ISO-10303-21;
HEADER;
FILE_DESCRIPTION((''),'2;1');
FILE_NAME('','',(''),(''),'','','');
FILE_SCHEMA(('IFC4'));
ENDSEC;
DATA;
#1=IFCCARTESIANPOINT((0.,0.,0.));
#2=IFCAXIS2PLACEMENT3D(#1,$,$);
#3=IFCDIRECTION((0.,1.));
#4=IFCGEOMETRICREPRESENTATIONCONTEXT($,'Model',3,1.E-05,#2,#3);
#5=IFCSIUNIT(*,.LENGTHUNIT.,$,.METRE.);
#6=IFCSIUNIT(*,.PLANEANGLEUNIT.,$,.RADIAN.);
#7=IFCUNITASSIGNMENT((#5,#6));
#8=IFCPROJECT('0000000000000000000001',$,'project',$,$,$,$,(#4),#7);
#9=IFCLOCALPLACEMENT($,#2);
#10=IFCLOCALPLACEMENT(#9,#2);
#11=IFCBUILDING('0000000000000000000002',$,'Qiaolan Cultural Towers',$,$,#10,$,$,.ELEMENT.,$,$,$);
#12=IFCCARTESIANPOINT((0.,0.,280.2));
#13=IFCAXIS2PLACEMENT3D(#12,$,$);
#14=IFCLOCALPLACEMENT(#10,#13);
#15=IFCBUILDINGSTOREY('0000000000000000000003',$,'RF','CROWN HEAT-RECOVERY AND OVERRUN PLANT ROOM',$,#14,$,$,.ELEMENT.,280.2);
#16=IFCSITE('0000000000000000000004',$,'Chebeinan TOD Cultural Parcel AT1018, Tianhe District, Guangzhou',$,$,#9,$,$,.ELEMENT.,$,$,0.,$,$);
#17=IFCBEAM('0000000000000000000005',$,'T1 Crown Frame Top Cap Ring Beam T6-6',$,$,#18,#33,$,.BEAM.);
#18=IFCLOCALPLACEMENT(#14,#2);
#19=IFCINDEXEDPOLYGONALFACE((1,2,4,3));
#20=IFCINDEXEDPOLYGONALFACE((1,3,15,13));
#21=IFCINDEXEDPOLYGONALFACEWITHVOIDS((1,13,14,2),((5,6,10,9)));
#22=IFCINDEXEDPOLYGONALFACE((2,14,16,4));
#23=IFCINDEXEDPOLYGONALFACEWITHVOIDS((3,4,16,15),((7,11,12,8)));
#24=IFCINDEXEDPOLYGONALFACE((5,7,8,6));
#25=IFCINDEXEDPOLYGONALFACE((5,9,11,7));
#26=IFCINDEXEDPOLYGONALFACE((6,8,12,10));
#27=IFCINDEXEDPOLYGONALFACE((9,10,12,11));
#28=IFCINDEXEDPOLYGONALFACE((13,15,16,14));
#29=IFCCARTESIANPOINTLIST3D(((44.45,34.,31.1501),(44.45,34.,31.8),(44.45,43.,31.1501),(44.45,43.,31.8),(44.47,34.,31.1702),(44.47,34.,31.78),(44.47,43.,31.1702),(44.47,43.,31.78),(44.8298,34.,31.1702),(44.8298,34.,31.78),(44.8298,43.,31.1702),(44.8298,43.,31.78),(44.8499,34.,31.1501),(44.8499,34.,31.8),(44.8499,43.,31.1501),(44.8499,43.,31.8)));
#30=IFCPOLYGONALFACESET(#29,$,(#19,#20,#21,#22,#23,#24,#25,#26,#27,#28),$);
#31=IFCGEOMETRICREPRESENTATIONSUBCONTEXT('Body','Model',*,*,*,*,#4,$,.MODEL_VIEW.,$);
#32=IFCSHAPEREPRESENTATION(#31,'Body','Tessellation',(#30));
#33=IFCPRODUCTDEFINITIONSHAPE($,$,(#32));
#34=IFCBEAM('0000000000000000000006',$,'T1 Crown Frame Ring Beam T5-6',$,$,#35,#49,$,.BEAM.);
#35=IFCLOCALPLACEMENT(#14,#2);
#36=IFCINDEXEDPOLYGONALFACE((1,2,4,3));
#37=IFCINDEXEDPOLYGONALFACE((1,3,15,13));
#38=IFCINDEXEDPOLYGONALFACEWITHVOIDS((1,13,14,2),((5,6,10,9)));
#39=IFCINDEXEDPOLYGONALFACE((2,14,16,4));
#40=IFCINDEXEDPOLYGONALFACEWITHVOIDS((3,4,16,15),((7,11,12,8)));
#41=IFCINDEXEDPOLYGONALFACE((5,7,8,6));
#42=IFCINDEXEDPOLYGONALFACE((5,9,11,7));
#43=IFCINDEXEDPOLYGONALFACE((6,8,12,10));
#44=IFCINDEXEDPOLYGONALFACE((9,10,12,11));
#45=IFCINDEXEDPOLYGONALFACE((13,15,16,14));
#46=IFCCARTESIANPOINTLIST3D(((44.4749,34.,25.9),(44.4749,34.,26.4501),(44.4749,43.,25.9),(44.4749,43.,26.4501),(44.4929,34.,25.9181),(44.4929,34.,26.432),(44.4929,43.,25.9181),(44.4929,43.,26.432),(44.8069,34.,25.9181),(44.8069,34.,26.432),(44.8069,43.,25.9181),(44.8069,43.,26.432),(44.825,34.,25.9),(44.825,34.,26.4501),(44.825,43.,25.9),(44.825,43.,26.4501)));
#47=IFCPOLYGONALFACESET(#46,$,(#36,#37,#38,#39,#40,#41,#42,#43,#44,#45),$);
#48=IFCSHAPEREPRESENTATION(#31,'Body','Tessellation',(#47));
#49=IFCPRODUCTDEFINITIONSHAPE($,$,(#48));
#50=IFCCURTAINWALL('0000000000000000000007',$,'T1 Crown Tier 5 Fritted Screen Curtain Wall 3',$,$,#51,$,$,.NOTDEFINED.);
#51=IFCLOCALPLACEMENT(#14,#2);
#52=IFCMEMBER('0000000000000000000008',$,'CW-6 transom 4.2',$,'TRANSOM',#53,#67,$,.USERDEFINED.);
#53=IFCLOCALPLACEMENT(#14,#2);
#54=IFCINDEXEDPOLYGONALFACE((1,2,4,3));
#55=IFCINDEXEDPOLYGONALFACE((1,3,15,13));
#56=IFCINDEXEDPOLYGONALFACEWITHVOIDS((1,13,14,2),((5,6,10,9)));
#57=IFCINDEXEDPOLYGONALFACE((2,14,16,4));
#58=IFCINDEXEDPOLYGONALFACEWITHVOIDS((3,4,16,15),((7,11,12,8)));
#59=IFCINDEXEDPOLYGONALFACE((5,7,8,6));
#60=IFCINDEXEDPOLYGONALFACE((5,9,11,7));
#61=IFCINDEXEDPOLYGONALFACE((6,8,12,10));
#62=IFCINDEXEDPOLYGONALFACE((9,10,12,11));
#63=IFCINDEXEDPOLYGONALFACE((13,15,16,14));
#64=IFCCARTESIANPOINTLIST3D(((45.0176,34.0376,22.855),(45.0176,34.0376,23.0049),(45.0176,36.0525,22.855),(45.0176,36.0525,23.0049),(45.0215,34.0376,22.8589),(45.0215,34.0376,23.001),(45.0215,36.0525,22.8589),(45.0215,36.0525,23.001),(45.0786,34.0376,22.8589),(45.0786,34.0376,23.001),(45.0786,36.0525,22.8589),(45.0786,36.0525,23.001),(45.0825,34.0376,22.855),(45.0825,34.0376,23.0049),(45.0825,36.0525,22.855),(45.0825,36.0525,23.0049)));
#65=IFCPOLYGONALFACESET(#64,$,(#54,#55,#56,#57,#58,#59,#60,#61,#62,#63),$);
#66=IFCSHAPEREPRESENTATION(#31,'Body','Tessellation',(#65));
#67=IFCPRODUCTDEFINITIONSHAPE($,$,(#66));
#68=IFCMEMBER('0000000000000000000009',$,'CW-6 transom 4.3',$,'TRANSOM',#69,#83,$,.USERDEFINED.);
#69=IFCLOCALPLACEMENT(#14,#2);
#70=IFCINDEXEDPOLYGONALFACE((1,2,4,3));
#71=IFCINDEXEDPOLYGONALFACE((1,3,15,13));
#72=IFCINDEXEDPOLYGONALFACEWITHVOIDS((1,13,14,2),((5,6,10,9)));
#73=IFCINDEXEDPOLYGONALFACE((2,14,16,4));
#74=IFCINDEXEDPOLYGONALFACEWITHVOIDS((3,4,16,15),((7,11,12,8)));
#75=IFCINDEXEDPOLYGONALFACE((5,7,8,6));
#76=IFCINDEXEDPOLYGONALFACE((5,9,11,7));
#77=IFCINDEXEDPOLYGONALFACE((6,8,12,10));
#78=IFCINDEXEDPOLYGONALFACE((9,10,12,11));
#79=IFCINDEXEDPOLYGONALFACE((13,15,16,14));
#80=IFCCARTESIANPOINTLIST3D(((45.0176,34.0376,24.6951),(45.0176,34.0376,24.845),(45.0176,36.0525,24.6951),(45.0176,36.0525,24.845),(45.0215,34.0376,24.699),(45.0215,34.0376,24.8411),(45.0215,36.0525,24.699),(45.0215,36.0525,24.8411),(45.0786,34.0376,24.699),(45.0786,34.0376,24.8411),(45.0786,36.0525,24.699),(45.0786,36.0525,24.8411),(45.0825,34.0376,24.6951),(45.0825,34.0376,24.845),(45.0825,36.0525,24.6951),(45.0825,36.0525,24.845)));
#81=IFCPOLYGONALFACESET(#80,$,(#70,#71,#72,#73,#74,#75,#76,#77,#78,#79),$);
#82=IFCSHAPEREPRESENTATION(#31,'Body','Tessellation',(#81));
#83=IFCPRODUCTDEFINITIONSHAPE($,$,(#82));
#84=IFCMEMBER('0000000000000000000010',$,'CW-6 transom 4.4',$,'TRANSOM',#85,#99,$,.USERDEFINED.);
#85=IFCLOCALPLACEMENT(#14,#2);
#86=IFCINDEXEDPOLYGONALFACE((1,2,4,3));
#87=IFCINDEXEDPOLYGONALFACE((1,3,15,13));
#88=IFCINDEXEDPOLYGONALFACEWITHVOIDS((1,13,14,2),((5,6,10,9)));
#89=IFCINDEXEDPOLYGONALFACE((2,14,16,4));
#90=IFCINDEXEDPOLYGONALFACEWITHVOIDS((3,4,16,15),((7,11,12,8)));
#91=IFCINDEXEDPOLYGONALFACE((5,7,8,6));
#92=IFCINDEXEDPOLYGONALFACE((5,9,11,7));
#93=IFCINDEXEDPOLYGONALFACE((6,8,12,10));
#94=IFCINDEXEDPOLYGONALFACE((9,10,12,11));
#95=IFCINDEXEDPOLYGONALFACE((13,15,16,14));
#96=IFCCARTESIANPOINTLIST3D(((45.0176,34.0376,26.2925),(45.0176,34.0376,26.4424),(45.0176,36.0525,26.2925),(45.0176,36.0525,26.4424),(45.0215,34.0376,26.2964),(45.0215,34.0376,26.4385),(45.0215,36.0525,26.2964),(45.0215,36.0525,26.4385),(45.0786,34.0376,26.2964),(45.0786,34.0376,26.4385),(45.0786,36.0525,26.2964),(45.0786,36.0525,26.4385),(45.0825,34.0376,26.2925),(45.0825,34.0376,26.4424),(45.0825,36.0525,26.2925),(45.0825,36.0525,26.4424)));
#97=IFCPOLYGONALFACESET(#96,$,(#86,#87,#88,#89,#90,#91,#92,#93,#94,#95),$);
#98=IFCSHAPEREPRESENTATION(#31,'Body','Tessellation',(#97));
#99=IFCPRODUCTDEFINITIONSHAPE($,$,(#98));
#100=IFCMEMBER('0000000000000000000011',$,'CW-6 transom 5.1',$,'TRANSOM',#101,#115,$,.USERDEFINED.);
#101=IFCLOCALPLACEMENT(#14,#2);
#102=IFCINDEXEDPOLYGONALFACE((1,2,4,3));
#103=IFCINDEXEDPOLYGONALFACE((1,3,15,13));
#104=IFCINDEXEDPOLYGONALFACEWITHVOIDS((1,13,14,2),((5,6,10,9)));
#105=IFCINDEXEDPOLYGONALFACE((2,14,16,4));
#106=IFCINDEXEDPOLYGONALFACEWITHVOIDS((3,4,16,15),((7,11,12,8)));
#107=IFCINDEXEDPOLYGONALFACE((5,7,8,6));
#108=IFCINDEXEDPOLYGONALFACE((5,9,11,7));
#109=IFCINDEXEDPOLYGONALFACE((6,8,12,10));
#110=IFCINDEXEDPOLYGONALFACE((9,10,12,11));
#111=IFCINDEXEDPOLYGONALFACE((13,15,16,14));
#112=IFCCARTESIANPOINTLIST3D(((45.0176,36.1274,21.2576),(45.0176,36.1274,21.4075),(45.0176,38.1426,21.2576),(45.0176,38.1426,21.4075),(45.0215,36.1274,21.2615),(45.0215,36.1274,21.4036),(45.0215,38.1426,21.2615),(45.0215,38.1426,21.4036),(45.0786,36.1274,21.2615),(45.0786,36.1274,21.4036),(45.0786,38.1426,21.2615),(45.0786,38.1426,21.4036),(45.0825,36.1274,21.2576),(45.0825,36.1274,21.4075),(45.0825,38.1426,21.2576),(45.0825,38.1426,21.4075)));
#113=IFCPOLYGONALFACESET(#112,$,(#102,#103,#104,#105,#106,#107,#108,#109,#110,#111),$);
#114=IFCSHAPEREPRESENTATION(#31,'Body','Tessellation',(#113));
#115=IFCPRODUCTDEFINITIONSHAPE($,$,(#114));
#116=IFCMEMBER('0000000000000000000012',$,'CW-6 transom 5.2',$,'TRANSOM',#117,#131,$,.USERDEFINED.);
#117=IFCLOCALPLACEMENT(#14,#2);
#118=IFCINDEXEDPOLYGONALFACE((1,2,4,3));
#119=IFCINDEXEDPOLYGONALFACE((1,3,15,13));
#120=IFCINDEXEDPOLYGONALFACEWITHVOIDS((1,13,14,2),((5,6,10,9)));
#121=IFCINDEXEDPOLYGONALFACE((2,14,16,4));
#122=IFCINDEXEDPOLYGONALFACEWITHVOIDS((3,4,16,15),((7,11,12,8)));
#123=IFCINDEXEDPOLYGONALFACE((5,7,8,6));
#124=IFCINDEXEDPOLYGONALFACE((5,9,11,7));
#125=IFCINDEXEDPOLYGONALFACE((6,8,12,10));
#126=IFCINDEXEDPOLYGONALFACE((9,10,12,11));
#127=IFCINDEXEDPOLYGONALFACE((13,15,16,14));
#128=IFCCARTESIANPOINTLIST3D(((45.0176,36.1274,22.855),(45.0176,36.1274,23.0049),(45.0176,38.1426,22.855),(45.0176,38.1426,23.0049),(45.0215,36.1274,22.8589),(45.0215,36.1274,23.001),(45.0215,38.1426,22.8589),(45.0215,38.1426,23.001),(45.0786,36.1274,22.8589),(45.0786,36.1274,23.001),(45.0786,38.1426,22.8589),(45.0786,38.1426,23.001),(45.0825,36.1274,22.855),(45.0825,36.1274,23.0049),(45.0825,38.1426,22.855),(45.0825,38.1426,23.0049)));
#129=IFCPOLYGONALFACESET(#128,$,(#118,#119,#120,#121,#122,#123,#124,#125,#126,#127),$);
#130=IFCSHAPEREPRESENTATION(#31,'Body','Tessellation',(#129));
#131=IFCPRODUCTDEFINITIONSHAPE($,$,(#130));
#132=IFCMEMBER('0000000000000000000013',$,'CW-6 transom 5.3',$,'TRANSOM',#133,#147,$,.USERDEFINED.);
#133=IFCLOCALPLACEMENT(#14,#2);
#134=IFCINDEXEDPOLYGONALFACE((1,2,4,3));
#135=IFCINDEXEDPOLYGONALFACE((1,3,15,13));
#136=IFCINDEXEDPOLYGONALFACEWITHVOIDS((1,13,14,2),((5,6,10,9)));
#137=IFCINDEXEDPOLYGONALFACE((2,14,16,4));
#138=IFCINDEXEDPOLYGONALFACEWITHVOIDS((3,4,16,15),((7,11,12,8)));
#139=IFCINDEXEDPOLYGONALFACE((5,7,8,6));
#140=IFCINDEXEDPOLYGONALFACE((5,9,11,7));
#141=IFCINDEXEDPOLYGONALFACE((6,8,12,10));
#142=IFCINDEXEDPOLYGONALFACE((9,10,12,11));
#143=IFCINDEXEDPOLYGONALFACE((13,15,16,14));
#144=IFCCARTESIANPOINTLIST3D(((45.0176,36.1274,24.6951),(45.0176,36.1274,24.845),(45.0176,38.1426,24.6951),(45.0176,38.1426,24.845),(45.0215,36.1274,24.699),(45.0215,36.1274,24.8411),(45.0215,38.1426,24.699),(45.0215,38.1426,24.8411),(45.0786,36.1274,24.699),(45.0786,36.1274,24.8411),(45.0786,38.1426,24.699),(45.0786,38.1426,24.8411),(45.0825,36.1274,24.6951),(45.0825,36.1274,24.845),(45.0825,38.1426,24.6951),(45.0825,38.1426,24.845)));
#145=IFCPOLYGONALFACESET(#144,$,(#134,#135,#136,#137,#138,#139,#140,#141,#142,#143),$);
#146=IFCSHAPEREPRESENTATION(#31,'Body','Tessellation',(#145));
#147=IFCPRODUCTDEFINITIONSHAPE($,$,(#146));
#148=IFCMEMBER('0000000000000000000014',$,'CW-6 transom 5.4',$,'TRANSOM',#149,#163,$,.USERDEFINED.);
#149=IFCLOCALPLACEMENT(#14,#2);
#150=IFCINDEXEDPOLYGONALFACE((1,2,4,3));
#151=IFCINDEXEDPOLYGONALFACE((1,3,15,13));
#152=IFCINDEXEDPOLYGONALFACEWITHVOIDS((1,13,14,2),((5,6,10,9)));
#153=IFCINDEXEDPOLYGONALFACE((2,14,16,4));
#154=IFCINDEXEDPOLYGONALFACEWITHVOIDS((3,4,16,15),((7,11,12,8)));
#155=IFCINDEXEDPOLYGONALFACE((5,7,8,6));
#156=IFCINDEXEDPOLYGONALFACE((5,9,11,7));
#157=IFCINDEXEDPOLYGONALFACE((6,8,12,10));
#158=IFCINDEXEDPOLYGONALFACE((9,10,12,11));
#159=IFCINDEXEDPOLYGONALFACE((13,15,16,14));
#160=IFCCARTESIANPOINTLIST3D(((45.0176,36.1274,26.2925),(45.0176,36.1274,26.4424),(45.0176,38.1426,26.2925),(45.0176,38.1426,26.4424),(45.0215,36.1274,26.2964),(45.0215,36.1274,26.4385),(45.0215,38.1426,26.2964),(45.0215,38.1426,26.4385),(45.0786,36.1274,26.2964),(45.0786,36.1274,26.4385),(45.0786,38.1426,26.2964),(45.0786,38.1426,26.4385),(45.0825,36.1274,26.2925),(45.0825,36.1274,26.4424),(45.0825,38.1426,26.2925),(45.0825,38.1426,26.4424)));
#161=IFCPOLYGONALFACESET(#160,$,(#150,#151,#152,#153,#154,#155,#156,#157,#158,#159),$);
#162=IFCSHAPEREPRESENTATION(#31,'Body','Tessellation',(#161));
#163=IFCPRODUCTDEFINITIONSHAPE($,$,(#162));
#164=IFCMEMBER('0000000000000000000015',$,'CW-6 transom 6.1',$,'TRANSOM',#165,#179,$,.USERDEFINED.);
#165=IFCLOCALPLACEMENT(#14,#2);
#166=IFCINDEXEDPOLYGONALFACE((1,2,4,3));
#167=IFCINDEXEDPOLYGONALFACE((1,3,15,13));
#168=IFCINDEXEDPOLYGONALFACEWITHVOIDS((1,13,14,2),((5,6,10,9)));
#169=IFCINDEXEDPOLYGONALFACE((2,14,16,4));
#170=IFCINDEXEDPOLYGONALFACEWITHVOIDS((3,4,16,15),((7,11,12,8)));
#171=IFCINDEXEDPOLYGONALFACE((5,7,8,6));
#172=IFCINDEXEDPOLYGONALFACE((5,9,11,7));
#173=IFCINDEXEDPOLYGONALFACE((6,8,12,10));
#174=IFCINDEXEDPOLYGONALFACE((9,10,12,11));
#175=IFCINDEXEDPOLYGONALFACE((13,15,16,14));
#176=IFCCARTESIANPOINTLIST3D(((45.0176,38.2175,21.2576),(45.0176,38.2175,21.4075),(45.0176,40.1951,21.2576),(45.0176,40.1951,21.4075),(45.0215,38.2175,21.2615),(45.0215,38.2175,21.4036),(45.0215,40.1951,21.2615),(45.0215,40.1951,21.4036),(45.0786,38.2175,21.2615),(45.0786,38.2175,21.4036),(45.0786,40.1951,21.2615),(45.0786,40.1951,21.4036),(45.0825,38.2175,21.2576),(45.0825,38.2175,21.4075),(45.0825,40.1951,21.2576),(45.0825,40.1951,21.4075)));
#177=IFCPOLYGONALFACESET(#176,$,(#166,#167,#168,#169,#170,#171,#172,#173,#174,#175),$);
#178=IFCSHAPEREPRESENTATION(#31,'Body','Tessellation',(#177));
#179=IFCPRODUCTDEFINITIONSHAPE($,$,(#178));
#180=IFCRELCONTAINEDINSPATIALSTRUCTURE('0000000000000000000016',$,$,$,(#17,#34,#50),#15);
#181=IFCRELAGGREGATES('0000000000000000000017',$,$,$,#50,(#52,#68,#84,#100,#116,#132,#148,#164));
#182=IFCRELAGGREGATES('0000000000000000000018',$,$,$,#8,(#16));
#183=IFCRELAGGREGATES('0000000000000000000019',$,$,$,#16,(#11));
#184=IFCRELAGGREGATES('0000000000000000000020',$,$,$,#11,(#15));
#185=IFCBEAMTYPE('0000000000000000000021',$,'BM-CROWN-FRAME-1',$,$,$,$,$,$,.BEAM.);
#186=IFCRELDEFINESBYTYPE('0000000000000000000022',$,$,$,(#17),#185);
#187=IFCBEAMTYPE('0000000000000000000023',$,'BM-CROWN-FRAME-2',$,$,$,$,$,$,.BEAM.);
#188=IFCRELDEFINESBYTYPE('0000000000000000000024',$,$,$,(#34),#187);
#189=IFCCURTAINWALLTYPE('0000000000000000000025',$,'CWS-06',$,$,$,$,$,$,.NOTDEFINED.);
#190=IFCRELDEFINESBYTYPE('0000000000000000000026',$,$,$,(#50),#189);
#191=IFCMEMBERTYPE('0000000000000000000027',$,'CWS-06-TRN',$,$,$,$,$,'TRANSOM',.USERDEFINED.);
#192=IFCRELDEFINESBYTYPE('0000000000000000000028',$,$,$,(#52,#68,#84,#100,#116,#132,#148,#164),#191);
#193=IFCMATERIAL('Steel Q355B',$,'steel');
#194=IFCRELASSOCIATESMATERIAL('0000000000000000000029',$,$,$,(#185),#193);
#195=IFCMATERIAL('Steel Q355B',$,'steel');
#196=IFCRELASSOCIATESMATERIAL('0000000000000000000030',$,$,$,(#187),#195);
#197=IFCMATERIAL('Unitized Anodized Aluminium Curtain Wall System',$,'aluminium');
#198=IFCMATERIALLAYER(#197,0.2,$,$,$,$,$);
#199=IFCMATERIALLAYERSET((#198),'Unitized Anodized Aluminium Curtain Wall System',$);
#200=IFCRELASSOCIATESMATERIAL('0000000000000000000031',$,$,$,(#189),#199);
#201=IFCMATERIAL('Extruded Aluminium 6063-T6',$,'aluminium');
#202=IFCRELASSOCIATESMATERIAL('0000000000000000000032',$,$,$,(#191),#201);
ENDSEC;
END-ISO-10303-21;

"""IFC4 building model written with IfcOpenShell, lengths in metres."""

from ifc_helpers import new_model, si_unit, direction, frame, origin, origin_2d, place, context, subcontext, project, spatial, hollow_rectangle, extrude, material, layer, layer_set, material_profile, profile_set, type_object, element, aggregate, save


model = new_model("IFC4")

# Units and contexts
model_context = context("Model", 3, precision=1e-05, world=origin(), true_north=direction((0.0, 1.0)))
body_context = subcontext(model_context, "Body", "Model", "MODEL_VIEW")
ifc_project = project(units=[si_unit("LENGTHUNIT", "METRE"), si_unit("PLANEANGLEUNIT", "RADIAN")], contexts=[model_context])

# Site, building, storey
site_placement = place(None, origin())
site = spatial("IfcSite", under=ifc_project, at=site_placement, Name="Chebeinan TOD Cultural Parcel AT1018, Tianhe District, Guangzhou", CompositionType="ELEMENT", RefElevation=0.0)
building_placement = place(site_placement, origin())
building = spatial("IfcBuilding", under=site, at=building_placement, Name="Qiaolan Cultural Towers", CompositionType="ELEMENT")
storey_placement = place(building_placement, frame((0.0, 0.0, 280.2)))
storey = spatial("IfcBuildingStorey", under=building, at=storey_placement, Name="RF", Description="CROWN HEAT-RECOVERY AND OVERRUN PLANT ROOM", CompositionType="ELEMENT", Elevation=280.2)

# Beams
ifc_material_1 = material(Name="Steel Q355B", Category="steel")
ifc_material_profile_1 = material_profile(ifc_material_1, hollow_rectangle(XDim=0.3999, YDim=0.6499, WallThickness=0.02, at=origin_2d()), Name="BOX650x400x20")
ifc_profile_set_1 = profile_set([ifc_material_profile_1], Name="Steel Q355B")
beam_type_1 = type_object("IfcBeamType", Name="BM-CROWN-FRAME-1", PredefinedType="BEAM", material=ifc_profile_set_1)
beam_1_placement = place(storey_placement, frame((44.6499, 34.0, 31.4751), z_axis=(0.0, 1.0, 0.0), x_axis=(-1.0, 0.0, 0.0)))
element("IfcBeam", 1, at=beam_1_placement, inside=storey, type_object=beam_type_1, Name="T1 Crown Frame Top Cap Ring Beam T6-6", PredefinedType="BEAM", context=body_context, shape_type="SweptSolid", body=[
    extrude(hollow_rectangle(XDim=0.3999, YDim=0.6499, WallThickness=0.02, at=origin_2d()), origin(), (0.0, 0.0, 1.0), 9.0),
])
ifc_material_2 = material(Name="Steel Q355B", Category="steel")
ifc_material_profile_2 = material_profile(ifc_material_2, hollow_rectangle(XDim=0.3501, YDim=0.55, WallThickness=0.0181, at=origin_2d()), Name="BOX550x350x18")
ifc_profile_set_2 = profile_set([ifc_material_profile_2], Name="Steel Q355B")
beam_type_2 = type_object("IfcBeamType", Name="BM-CROWN-FRAME-2", PredefinedType="BEAM", material=ifc_profile_set_2)
beam_2_placement = place(storey_placement, frame((44.6499, 34.0, 26.175), z_axis=(0.0, 1.0, 0.0), x_axis=(-1.0, 0.0, 0.0)))
element("IfcBeam", 2, at=beam_2_placement, inside=storey, type_object=beam_type_2, Name="T1 Crown Frame Ring Beam T5-6", PredefinedType="BEAM", context=body_context, shape_type="SweptSolid", body=[
    extrude(hollow_rectangle(XDim=0.3501, YDim=0.55, WallThickness=0.0181, at=origin_2d()), origin(), (0.0, 0.0, 1.0), 9.0),
])

# Curtain wall, members
ifc_material_3 = material(Name="Unitized Anodized Aluminium Curtain Wall System", Category="aluminium")
ifc_layer_1 = layer(ifc_material_3, 0.2)
ifc_layer_set_1 = layer_set([ifc_layer_1], Name="Unitized Anodized Aluminium Curtain Wall System")
curtain_wall_type = type_object("IfcCurtainWallType", Name="CWS-06", PredefinedType="NOTDEFINED", material=ifc_layer_set_1)
curtain_wall_placement = place(storey_placement, origin())
curtain_wall = element("IfcCurtainWall", 3, at=curtain_wall_placement, inside=storey, type_object=curtain_wall_type, Name="T1 Crown Tier 5 Fritted Screen Curtain Wall 3", PredefinedType="NOTDEFINED")
ifc_material_4 = material(Name="Extruded Aluminium 6063-T6", Category="aluminium")
ifc_material_profile_3 = material_profile(ifc_material_4, hollow_rectangle(XDim=0.0649, YDim=0.1499, WallThickness=0.0039, at=origin_2d()), Name="CWT-150x65x4")
ifc_profile_set_3 = profile_set([ifc_material_profile_3], Name="Extruded Aluminium 6063-T6")
member_type = type_object("IfcMemberType", Name="CWS-06-TRN", ElementType="TRANSOM", PredefinedType="USERDEFINED", material=ifc_profile_set_3)
member_1_placement = place(storey_placement, frame((45.05, 34.0376, 22.9299), z_axis=(0.0, 1.0, 0.0), x_axis=(-1.0, 0.0, 0.0)))
member_1 = element("IfcMember", 4, at=member_1_placement, type_object=member_type, Name="CW-6 transom 4.2", ObjectType="TRANSOM", PredefinedType="USERDEFINED", context=body_context, shape_type="SweptSolid", body=[
    extrude(hollow_rectangle(XDim=0.0649, YDim=0.1499, WallThickness=0.0039, at=origin_2d()), origin(), (0.0, 0.0, 1.0), 2.0149),
])
member_2_placement = place(storey_placement, frame((45.05, 34.0376, 24.77), z_axis=(0.0, 1.0, 0.0), x_axis=(-1.0, 0.0, 0.0)))
member_2 = element("IfcMember", 5, at=member_2_placement, type_object=member_type, Name="CW-6 transom 4.3", ObjectType="TRANSOM", PredefinedType="USERDEFINED", context=body_context, shape_type="SweptSolid", body=[
    extrude(hollow_rectangle(XDim=0.0649, YDim=0.1499, WallThickness=0.0039, at=origin_2d()), origin(), (0.0, 0.0, 1.0), 2.0149),
])
member_3_placement = place(storey_placement, frame((45.05, 34.0376, 26.3674), z_axis=(0.0, 1.0, 0.0), x_axis=(-1.0, 0.0, 0.0)))
member_3 = element("IfcMember", 6, at=member_3_placement, type_object=member_type, Name="CW-6 transom 4.4", ObjectType="TRANSOM", PredefinedType="USERDEFINED", context=body_context, shape_type="SweptSolid", body=[
    extrude(hollow_rectangle(XDim=0.0649, YDim=0.1499, WallThickness=0.0039, at=origin_2d()), origin(), (0.0, 0.0, 1.0), 2.0149),
])
member_4_placement = place(storey_placement, frame((45.05, 36.1274, 21.3325), z_axis=(0.0, 1.0, 0.0), x_axis=(-1.0, 0.0, 0.0)))
member_4 = element("IfcMember", 7, at=member_4_placement, type_object=member_type, Name="CW-6 transom 5.1", ObjectType="TRANSOM", PredefinedType="USERDEFINED", context=body_context, shape_type="SweptSolid", body=[
    extrude(hollow_rectangle(XDim=0.0649, YDim=0.1499, WallThickness=0.0039, at=origin_2d()), origin(), (0.0, 0.0, 1.0), 2.0151),
])
member_5_placement = place(storey_placement, frame((45.05, 36.1274, 22.9299), z_axis=(0.0, 1.0, 0.0), x_axis=(-1.0, 0.0, 0.0)))
member_5 = element("IfcMember", 8, at=member_5_placement, type_object=member_type, Name="CW-6 transom 5.2", ObjectType="TRANSOM", PredefinedType="USERDEFINED", context=body_context, shape_type="SweptSolid", body=[
    extrude(hollow_rectangle(XDim=0.0649, YDim=0.1499, WallThickness=0.0039, at=origin_2d()), origin(), (0.0, 0.0, 1.0), 2.0151),
])
member_6_placement = place(storey_placement, frame((45.05, 36.1274, 24.77), z_axis=(0.0, 1.0, 0.0), x_axis=(-1.0, 0.0, 0.0)))
member_6 = element("IfcMember", 9, at=member_6_placement, type_object=member_type, Name="CW-6 transom 5.3", ObjectType="TRANSOM", PredefinedType="USERDEFINED", context=body_context, shape_type="SweptSolid", body=[
    extrude(hollow_rectangle(XDim=0.0649, YDim=0.1499, WallThickness=0.0039, at=origin_2d()), origin(), (0.0, 0.0, 1.0), 2.0151),
])
member_7_placement = place(storey_placement, frame((45.05, 36.1274, 26.3674), z_axis=(0.0, 1.0, 0.0), x_axis=(-1.0, 0.0, 0.0)))
member_7 = element("IfcMember", 10, at=member_7_placement, type_object=member_type, Name="CW-6 transom 5.4", ObjectType="TRANSOM", PredefinedType="USERDEFINED", context=body_context, shape_type="SweptSolid", body=[
    extrude(hollow_rectangle(XDim=0.0649, YDim=0.1499, WallThickness=0.0039, at=origin_2d()), origin(), (0.0, 0.0, 1.0), 2.0151),
])
member_8_placement = place(storey_placement, frame((45.05, 38.2175, 21.3325), z_axis=(0.0, 1.0, 0.0), x_axis=(-1.0, 0.0, 0.0)))
member_8 = element("IfcMember", 11, at=member_8_placement, type_object=member_type, Name="CW-6 transom 6.1", ObjectType="TRANSOM", PredefinedType="USERDEFINED", context=body_context, shape_type="SweptSolid", body=[
    extrude(hollow_rectangle(XDim=0.0649, YDim=0.1499, WallThickness=0.0039, at=origin_2d()), origin(), (0.0, 0.0, 1.0), 1.9775),
])
aggregate(curtain_wall, [member_1, member_2, member_3, member_4, member_5, member_6, member_7, member_8])

save(model, "model.ifc")
